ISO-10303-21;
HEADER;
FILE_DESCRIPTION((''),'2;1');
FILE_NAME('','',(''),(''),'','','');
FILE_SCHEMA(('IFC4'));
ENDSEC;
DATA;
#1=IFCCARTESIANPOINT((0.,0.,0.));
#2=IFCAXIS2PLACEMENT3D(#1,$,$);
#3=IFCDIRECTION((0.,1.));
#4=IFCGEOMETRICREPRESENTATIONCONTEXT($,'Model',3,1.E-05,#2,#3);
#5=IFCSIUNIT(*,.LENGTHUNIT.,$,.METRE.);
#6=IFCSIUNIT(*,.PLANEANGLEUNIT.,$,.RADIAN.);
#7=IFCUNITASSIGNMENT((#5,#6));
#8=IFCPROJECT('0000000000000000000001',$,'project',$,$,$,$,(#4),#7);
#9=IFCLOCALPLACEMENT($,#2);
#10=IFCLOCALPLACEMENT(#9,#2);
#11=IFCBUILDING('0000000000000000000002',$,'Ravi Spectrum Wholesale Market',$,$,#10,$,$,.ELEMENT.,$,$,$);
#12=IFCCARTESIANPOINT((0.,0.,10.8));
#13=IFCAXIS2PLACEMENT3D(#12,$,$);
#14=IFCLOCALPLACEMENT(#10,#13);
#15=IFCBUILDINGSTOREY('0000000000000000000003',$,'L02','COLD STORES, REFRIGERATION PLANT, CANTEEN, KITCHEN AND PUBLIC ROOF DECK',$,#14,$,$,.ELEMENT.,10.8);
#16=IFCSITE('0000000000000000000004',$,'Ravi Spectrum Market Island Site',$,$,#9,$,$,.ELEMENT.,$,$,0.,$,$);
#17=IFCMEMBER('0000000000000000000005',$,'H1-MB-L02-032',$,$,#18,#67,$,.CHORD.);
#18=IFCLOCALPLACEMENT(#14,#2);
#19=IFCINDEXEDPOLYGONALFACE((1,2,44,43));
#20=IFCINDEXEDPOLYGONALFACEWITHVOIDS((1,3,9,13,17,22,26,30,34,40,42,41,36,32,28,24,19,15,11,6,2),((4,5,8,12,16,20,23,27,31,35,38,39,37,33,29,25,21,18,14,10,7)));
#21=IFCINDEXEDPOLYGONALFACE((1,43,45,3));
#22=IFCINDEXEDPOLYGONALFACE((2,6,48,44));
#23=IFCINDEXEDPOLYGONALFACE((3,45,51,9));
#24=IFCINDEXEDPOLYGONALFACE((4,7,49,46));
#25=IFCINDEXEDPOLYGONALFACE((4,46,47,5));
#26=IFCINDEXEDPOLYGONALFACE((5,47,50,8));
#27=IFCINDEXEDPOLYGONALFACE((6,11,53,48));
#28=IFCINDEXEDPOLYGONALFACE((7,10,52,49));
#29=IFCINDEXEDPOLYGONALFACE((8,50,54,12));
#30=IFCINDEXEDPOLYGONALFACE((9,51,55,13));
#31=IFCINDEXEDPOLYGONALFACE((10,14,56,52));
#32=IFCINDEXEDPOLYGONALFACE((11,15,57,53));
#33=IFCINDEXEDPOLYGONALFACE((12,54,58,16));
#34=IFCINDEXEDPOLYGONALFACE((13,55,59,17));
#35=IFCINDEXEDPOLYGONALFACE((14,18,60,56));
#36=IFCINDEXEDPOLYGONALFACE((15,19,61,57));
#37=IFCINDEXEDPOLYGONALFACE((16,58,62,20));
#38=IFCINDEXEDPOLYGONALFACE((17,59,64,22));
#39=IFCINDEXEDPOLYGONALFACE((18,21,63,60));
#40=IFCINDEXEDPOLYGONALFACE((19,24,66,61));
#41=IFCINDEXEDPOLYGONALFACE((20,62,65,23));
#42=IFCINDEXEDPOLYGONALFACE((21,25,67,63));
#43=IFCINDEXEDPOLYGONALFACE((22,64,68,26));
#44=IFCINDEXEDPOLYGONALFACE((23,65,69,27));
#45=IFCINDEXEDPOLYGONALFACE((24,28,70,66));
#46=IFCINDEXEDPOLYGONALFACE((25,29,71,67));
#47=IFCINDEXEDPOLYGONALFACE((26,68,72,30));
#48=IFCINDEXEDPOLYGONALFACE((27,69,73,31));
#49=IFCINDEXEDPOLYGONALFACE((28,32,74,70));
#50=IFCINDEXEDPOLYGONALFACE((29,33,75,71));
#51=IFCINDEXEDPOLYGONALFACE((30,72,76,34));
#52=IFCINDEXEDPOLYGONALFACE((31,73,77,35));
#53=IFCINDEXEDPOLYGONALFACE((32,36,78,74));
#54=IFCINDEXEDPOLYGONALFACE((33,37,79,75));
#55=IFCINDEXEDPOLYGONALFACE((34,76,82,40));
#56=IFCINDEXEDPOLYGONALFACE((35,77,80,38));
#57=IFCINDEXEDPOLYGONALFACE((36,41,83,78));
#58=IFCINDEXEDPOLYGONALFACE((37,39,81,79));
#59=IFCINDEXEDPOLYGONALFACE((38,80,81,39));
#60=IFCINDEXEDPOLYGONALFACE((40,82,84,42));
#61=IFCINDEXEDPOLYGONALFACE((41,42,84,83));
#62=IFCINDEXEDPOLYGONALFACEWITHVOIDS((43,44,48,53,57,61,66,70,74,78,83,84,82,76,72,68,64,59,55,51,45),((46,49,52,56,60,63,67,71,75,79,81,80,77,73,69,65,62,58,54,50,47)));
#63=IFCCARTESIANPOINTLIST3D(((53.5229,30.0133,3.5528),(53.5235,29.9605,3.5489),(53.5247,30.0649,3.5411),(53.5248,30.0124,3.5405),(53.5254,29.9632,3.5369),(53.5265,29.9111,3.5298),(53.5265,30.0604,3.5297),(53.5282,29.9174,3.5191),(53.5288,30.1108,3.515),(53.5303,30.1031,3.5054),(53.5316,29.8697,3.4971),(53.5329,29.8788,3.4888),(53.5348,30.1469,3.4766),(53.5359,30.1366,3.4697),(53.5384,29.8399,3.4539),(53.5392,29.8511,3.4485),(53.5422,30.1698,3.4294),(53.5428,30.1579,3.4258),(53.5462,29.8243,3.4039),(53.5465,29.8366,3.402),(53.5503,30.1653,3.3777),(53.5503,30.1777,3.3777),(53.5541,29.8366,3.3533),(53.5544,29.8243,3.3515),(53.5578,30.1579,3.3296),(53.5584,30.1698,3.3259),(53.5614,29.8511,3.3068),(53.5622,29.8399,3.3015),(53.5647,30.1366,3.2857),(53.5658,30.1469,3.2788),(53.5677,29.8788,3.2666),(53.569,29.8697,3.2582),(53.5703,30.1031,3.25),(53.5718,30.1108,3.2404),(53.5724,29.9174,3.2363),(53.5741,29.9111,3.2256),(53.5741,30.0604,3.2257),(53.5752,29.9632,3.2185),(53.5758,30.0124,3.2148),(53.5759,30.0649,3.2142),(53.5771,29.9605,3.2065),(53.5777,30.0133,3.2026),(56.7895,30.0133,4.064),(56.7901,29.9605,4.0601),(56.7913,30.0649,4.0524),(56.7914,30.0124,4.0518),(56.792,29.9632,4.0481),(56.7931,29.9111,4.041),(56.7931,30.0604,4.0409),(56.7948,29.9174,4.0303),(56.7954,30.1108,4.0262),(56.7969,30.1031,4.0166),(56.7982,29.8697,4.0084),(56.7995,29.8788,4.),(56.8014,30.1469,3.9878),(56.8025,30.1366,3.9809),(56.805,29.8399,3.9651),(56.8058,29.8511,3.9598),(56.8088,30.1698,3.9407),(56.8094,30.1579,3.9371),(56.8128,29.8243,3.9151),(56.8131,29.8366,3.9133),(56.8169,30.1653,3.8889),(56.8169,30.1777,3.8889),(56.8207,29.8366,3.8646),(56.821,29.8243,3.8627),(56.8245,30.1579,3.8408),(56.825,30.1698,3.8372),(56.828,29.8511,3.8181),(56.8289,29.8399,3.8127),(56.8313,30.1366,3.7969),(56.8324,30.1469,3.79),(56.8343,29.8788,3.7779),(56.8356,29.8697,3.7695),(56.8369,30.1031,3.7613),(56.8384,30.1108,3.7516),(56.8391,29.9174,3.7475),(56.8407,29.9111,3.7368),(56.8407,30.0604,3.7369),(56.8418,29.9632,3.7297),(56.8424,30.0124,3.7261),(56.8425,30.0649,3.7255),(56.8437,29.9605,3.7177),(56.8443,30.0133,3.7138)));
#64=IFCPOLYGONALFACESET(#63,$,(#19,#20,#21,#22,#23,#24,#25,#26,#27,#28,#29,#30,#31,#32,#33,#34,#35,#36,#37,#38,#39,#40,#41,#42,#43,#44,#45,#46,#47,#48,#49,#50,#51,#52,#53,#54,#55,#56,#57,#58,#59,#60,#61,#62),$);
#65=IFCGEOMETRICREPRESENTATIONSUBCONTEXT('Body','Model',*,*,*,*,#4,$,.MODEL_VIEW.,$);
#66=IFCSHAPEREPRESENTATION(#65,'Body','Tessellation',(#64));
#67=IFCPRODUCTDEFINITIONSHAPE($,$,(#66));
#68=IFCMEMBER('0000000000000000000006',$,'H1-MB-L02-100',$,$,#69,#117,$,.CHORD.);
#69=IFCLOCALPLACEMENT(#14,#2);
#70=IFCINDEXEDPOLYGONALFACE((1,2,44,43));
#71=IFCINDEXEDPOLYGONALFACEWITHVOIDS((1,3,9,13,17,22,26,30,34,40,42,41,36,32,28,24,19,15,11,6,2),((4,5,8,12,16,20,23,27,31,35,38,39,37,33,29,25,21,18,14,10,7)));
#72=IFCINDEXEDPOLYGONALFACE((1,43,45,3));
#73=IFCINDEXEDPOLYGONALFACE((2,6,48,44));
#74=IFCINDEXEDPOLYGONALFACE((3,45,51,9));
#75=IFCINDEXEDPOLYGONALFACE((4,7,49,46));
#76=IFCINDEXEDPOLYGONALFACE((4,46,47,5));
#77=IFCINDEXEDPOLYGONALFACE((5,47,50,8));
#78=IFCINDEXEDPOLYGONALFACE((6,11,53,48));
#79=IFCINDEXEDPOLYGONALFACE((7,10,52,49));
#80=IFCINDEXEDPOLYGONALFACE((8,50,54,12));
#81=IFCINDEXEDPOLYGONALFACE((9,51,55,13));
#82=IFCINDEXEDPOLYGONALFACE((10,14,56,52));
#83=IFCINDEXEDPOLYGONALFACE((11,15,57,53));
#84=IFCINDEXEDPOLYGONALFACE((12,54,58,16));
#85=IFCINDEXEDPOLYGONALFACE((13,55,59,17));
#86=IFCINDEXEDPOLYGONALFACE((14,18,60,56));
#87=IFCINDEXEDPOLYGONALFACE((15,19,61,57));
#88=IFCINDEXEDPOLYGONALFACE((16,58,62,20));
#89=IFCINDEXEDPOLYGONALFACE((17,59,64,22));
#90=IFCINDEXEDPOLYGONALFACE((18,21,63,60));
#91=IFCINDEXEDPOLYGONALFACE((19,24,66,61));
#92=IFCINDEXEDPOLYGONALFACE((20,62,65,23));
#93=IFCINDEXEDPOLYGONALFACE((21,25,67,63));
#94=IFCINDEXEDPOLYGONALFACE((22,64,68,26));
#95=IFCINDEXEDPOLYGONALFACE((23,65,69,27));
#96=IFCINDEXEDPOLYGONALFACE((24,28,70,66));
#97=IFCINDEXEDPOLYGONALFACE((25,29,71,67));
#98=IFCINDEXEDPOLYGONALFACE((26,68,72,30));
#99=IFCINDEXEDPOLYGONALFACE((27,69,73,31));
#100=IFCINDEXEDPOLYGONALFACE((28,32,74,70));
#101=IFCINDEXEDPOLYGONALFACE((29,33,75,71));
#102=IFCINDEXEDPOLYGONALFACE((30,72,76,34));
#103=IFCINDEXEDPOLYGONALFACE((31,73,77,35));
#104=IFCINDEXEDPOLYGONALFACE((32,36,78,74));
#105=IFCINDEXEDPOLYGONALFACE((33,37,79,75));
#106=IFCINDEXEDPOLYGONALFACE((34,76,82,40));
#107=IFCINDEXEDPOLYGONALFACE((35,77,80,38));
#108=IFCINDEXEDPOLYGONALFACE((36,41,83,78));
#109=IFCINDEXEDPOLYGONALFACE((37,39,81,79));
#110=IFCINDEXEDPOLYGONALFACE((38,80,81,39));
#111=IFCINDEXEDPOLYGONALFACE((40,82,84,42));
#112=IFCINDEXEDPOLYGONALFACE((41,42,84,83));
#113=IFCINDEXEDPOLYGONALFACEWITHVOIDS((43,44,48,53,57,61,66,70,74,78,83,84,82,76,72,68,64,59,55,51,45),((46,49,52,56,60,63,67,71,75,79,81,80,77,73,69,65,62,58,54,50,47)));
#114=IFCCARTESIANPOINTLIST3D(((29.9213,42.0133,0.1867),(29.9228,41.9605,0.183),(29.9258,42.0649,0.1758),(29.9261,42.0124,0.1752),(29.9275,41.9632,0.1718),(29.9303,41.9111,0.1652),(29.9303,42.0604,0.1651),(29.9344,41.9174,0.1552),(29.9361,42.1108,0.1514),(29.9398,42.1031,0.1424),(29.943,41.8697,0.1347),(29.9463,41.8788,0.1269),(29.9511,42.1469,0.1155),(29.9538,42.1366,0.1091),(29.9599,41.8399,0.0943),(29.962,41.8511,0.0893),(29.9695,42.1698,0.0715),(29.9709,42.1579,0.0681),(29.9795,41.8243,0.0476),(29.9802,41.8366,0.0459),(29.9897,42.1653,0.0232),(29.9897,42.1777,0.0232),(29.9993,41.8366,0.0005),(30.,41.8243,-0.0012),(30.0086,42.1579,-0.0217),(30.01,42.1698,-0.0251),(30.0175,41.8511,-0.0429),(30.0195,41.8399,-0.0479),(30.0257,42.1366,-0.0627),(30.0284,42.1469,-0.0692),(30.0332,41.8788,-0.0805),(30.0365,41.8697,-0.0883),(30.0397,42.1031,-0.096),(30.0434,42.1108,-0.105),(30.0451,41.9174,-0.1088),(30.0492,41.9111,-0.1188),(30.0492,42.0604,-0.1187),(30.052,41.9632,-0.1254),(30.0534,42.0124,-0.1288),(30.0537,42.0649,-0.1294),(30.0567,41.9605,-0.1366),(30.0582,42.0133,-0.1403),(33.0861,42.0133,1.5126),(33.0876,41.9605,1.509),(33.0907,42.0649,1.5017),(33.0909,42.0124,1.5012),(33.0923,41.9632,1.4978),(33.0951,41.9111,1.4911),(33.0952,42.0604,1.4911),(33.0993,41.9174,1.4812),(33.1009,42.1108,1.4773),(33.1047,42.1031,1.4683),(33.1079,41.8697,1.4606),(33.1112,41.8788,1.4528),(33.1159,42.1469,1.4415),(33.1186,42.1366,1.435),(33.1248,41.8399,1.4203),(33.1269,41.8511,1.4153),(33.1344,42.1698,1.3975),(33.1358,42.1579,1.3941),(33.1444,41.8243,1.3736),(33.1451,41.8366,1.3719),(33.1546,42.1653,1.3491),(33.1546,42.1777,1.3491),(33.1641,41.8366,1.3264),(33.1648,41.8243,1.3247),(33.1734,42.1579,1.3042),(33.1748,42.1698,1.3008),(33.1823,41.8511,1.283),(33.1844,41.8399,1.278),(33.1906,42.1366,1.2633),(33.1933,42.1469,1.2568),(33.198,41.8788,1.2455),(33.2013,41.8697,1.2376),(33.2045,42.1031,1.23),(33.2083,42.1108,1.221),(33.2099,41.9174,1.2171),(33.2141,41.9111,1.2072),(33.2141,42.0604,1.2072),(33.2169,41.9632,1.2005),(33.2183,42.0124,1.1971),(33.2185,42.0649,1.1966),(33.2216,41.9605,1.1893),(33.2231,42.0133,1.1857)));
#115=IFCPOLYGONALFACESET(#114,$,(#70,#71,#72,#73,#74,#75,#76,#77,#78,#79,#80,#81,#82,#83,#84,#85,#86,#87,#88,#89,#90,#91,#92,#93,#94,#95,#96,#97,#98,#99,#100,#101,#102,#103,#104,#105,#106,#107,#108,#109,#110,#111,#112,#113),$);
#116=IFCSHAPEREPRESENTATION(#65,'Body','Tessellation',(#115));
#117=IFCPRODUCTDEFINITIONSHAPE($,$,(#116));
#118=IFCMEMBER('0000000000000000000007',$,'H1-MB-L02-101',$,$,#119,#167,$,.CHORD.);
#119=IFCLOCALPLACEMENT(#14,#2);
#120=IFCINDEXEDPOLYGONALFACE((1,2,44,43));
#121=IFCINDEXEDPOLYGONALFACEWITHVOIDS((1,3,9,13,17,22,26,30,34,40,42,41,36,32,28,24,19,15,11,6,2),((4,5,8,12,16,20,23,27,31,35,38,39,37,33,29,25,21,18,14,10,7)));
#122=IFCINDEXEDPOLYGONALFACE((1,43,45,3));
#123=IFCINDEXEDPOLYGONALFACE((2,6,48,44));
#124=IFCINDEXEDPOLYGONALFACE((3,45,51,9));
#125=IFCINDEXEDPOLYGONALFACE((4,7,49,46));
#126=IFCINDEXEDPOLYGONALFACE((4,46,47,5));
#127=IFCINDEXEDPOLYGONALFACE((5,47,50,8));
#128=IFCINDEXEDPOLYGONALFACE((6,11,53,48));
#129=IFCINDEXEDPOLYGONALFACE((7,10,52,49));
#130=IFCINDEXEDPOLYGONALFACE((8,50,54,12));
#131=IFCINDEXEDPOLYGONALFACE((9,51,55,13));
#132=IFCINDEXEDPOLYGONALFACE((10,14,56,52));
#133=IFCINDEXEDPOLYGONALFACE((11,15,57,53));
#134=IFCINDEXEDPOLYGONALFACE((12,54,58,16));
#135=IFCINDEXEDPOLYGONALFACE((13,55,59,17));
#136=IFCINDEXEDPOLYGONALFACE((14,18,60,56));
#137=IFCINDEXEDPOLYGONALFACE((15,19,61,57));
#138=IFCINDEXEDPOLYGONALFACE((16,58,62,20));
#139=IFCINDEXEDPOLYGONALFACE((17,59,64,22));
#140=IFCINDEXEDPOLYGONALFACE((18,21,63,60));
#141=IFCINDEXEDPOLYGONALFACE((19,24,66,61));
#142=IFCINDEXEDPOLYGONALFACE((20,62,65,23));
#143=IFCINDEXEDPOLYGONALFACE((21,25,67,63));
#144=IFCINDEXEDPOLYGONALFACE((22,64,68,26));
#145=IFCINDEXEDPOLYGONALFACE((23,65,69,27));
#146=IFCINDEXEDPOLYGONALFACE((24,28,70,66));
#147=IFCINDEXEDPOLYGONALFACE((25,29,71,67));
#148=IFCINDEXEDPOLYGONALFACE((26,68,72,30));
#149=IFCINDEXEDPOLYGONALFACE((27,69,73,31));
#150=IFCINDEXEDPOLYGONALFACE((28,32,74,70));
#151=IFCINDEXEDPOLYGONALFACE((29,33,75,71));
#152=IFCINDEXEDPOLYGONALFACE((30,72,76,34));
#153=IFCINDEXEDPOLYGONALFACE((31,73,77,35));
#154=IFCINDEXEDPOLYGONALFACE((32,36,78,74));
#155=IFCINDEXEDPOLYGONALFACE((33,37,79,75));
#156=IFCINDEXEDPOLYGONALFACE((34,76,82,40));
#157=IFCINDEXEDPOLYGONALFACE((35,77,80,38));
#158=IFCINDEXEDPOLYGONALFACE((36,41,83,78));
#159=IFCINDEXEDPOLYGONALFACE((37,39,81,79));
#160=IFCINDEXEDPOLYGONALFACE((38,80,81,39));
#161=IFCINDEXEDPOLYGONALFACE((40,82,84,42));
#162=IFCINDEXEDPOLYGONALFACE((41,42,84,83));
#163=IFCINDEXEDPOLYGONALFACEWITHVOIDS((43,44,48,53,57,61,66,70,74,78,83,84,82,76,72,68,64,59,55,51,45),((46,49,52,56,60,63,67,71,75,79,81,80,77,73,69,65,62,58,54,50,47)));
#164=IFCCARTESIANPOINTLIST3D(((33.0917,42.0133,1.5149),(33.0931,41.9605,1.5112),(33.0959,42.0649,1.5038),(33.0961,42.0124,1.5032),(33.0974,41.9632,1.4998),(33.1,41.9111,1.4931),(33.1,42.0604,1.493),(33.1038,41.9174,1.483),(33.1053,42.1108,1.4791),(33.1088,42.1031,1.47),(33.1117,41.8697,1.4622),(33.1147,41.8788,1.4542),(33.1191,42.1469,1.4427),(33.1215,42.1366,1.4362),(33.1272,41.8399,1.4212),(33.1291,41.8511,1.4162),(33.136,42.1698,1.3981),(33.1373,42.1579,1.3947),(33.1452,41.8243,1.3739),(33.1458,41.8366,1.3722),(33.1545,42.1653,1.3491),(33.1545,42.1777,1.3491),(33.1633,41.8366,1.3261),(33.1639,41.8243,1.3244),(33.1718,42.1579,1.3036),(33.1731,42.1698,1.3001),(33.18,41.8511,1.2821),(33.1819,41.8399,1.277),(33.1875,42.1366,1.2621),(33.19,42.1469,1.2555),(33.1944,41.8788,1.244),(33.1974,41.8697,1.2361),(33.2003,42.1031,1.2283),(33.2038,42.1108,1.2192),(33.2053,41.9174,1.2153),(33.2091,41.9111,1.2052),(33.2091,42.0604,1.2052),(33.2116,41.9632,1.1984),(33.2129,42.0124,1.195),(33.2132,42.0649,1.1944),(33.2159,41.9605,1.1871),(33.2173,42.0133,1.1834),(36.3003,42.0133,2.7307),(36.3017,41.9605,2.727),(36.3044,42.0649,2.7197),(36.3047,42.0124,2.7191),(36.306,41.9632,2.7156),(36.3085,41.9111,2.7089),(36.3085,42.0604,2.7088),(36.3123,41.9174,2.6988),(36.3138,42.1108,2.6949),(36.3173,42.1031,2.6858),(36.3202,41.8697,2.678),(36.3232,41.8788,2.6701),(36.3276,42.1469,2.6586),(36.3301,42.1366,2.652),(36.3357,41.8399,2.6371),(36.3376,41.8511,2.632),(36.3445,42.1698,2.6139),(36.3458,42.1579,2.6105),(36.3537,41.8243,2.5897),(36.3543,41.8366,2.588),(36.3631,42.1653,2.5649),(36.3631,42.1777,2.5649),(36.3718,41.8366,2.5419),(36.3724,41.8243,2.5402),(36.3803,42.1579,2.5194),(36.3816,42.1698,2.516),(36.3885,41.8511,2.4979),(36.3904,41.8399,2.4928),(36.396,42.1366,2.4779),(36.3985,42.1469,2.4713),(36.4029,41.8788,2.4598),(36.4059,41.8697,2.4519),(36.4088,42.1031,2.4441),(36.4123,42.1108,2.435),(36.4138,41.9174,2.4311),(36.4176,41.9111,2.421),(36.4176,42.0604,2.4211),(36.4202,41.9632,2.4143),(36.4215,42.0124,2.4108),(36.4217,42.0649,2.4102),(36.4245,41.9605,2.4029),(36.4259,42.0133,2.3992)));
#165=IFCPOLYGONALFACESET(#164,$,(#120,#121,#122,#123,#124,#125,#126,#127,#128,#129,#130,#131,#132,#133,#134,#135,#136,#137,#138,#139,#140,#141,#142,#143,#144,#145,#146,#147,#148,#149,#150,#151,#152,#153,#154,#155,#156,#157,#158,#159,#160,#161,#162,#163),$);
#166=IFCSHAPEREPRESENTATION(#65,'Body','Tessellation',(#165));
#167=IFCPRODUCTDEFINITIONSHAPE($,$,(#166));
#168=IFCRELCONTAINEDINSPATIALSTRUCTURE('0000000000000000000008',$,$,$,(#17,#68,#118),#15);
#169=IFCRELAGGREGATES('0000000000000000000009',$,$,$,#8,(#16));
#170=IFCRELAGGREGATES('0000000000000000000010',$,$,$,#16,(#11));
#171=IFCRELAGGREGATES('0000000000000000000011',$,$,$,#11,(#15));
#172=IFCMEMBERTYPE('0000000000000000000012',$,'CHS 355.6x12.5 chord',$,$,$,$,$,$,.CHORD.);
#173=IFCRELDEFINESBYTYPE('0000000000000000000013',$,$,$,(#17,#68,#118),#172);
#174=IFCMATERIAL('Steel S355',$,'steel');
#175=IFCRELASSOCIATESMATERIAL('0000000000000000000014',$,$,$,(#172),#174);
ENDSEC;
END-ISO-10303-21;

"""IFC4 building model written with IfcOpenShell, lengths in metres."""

from ifc_helpers import new_model, si_unit, direction, frame, origin, origin_2d, place, context, subcontext, project, spatial, hollow_circle, extrude, material, material_profile, profile_set, type_object, element, save


model = new_model("IFC4")

# Units and contexts
model_context = context("Model", 3, precision=1e-05, world=origin(), true_north=direction((0.0, 1.0)))
body_context = subcontext(model_context, "Body", "Model", "MODEL_VIEW")
ifc_project = project(units=[si_unit("LENGTHUNIT", "METRE"), si_unit("PLANEANGLEUNIT", "RADIAN")], contexts=[model_context])

# Site, building, storey
site_placement = place(None, origin())
site = spatial("IfcSite", under=ifc_project, at=site_placement, Name="Ravi Spectrum Market Island Site", CompositionType="ELEMENT", RefElevation=0.0)
building_placement = place(site_placement, origin())
building = spatial("IfcBuilding", under=site, at=building_placement, Name="Ravi Spectrum Wholesale Market", CompositionType="ELEMENT")
storey_placement = place(building_placement, frame((0.0, 0.0, 10.8)))
storey = spatial("IfcBuildingStorey", under=building, at=storey_placement, Name="L02", Description="COLD STORES, REFRIGERATION PLANT, CANTEEN, KITCHEN AND PUBLIC ROOF DECK", CompositionType="ELEMENT", Elevation=10.8)

# Members
ifc_material_1 = material(Name="Steel S355", Category="steel")
ifc_material_profile_1 = material_profile(ifc_material_1, hollow_circle(Radius=0.1777, WallThickness=0.0125, at=origin_2d()))
ifc_profile_set_1 = profile_set([ifc_material_profile_1], Name="Steel S355")
member_type_1 = type_object("IfcMemberType", Name="CHS 355.6x12.5 chord", PredefinedType="CHORD", material=ifc_profile_set_1)
member_1_placement = place(storey_placement, frame((53.5503, 30.0, 3.3777), z_axis=(0.987974, 0.0, 0.15462), x_axis=(0.0, 1.0, 0.0)))
element("IfcMember", 1, at=member_1_placement, inside=storey, type_object=member_type_1, Name="H1-MB-L02-032", PredefinedType="CHORD", context=body_context, shape_type="SweptSolid", body=[
    extrude(hollow_circle(Radius=0.1777, WallThickness=0.0125, at=origin_2d()), origin(), (0.0, 0.0, 1.0), 3.3064),
])
member_2_placement = place(storey_placement, frame((29.9897, 42.0, 0.0232), z_axis=(0.922324, 0.0, 0.386418), x_axis=(0.0, 1.0, 0.0)))
element("IfcMember", 2, at=member_2_placement, inside=storey, type_object=member_type_1, Name="H1-MB-L02-100", PredefinedType="CHORD", context=body_context, shape_type="SweptSolid", body=[
    extrude(hollow_circle(Radius=0.1777, WallThickness=0.0125, at=origin_2d()), origin(), (0.0, 0.0, 1.0), 3.4314),
])
for number, where, z_axis, x_axis, name in (
    (3, (33.1545, 42.0, 1.3491), (0.935113, 0.0, 0.35435), (0.0, 1.0, 0.0), "H1-MB-L02-101"),
):
    element("IfcMember", number, at=place(storey_placement, frame(where, z_axis=z_axis, x_axis=x_axis)), inside=storey, type_object=member_type_1, Name=name, PredefinedType="CHORD", context=body_context, shape_type="SweptSolid", body=[
        extrude(hollow_circle(Radius=0.1777, WallThickness=0.0125, at=origin_2d()), origin(), (0.0, 0.0, 1.0), 3.4312),
    ])

save(model, "model.ifc")
